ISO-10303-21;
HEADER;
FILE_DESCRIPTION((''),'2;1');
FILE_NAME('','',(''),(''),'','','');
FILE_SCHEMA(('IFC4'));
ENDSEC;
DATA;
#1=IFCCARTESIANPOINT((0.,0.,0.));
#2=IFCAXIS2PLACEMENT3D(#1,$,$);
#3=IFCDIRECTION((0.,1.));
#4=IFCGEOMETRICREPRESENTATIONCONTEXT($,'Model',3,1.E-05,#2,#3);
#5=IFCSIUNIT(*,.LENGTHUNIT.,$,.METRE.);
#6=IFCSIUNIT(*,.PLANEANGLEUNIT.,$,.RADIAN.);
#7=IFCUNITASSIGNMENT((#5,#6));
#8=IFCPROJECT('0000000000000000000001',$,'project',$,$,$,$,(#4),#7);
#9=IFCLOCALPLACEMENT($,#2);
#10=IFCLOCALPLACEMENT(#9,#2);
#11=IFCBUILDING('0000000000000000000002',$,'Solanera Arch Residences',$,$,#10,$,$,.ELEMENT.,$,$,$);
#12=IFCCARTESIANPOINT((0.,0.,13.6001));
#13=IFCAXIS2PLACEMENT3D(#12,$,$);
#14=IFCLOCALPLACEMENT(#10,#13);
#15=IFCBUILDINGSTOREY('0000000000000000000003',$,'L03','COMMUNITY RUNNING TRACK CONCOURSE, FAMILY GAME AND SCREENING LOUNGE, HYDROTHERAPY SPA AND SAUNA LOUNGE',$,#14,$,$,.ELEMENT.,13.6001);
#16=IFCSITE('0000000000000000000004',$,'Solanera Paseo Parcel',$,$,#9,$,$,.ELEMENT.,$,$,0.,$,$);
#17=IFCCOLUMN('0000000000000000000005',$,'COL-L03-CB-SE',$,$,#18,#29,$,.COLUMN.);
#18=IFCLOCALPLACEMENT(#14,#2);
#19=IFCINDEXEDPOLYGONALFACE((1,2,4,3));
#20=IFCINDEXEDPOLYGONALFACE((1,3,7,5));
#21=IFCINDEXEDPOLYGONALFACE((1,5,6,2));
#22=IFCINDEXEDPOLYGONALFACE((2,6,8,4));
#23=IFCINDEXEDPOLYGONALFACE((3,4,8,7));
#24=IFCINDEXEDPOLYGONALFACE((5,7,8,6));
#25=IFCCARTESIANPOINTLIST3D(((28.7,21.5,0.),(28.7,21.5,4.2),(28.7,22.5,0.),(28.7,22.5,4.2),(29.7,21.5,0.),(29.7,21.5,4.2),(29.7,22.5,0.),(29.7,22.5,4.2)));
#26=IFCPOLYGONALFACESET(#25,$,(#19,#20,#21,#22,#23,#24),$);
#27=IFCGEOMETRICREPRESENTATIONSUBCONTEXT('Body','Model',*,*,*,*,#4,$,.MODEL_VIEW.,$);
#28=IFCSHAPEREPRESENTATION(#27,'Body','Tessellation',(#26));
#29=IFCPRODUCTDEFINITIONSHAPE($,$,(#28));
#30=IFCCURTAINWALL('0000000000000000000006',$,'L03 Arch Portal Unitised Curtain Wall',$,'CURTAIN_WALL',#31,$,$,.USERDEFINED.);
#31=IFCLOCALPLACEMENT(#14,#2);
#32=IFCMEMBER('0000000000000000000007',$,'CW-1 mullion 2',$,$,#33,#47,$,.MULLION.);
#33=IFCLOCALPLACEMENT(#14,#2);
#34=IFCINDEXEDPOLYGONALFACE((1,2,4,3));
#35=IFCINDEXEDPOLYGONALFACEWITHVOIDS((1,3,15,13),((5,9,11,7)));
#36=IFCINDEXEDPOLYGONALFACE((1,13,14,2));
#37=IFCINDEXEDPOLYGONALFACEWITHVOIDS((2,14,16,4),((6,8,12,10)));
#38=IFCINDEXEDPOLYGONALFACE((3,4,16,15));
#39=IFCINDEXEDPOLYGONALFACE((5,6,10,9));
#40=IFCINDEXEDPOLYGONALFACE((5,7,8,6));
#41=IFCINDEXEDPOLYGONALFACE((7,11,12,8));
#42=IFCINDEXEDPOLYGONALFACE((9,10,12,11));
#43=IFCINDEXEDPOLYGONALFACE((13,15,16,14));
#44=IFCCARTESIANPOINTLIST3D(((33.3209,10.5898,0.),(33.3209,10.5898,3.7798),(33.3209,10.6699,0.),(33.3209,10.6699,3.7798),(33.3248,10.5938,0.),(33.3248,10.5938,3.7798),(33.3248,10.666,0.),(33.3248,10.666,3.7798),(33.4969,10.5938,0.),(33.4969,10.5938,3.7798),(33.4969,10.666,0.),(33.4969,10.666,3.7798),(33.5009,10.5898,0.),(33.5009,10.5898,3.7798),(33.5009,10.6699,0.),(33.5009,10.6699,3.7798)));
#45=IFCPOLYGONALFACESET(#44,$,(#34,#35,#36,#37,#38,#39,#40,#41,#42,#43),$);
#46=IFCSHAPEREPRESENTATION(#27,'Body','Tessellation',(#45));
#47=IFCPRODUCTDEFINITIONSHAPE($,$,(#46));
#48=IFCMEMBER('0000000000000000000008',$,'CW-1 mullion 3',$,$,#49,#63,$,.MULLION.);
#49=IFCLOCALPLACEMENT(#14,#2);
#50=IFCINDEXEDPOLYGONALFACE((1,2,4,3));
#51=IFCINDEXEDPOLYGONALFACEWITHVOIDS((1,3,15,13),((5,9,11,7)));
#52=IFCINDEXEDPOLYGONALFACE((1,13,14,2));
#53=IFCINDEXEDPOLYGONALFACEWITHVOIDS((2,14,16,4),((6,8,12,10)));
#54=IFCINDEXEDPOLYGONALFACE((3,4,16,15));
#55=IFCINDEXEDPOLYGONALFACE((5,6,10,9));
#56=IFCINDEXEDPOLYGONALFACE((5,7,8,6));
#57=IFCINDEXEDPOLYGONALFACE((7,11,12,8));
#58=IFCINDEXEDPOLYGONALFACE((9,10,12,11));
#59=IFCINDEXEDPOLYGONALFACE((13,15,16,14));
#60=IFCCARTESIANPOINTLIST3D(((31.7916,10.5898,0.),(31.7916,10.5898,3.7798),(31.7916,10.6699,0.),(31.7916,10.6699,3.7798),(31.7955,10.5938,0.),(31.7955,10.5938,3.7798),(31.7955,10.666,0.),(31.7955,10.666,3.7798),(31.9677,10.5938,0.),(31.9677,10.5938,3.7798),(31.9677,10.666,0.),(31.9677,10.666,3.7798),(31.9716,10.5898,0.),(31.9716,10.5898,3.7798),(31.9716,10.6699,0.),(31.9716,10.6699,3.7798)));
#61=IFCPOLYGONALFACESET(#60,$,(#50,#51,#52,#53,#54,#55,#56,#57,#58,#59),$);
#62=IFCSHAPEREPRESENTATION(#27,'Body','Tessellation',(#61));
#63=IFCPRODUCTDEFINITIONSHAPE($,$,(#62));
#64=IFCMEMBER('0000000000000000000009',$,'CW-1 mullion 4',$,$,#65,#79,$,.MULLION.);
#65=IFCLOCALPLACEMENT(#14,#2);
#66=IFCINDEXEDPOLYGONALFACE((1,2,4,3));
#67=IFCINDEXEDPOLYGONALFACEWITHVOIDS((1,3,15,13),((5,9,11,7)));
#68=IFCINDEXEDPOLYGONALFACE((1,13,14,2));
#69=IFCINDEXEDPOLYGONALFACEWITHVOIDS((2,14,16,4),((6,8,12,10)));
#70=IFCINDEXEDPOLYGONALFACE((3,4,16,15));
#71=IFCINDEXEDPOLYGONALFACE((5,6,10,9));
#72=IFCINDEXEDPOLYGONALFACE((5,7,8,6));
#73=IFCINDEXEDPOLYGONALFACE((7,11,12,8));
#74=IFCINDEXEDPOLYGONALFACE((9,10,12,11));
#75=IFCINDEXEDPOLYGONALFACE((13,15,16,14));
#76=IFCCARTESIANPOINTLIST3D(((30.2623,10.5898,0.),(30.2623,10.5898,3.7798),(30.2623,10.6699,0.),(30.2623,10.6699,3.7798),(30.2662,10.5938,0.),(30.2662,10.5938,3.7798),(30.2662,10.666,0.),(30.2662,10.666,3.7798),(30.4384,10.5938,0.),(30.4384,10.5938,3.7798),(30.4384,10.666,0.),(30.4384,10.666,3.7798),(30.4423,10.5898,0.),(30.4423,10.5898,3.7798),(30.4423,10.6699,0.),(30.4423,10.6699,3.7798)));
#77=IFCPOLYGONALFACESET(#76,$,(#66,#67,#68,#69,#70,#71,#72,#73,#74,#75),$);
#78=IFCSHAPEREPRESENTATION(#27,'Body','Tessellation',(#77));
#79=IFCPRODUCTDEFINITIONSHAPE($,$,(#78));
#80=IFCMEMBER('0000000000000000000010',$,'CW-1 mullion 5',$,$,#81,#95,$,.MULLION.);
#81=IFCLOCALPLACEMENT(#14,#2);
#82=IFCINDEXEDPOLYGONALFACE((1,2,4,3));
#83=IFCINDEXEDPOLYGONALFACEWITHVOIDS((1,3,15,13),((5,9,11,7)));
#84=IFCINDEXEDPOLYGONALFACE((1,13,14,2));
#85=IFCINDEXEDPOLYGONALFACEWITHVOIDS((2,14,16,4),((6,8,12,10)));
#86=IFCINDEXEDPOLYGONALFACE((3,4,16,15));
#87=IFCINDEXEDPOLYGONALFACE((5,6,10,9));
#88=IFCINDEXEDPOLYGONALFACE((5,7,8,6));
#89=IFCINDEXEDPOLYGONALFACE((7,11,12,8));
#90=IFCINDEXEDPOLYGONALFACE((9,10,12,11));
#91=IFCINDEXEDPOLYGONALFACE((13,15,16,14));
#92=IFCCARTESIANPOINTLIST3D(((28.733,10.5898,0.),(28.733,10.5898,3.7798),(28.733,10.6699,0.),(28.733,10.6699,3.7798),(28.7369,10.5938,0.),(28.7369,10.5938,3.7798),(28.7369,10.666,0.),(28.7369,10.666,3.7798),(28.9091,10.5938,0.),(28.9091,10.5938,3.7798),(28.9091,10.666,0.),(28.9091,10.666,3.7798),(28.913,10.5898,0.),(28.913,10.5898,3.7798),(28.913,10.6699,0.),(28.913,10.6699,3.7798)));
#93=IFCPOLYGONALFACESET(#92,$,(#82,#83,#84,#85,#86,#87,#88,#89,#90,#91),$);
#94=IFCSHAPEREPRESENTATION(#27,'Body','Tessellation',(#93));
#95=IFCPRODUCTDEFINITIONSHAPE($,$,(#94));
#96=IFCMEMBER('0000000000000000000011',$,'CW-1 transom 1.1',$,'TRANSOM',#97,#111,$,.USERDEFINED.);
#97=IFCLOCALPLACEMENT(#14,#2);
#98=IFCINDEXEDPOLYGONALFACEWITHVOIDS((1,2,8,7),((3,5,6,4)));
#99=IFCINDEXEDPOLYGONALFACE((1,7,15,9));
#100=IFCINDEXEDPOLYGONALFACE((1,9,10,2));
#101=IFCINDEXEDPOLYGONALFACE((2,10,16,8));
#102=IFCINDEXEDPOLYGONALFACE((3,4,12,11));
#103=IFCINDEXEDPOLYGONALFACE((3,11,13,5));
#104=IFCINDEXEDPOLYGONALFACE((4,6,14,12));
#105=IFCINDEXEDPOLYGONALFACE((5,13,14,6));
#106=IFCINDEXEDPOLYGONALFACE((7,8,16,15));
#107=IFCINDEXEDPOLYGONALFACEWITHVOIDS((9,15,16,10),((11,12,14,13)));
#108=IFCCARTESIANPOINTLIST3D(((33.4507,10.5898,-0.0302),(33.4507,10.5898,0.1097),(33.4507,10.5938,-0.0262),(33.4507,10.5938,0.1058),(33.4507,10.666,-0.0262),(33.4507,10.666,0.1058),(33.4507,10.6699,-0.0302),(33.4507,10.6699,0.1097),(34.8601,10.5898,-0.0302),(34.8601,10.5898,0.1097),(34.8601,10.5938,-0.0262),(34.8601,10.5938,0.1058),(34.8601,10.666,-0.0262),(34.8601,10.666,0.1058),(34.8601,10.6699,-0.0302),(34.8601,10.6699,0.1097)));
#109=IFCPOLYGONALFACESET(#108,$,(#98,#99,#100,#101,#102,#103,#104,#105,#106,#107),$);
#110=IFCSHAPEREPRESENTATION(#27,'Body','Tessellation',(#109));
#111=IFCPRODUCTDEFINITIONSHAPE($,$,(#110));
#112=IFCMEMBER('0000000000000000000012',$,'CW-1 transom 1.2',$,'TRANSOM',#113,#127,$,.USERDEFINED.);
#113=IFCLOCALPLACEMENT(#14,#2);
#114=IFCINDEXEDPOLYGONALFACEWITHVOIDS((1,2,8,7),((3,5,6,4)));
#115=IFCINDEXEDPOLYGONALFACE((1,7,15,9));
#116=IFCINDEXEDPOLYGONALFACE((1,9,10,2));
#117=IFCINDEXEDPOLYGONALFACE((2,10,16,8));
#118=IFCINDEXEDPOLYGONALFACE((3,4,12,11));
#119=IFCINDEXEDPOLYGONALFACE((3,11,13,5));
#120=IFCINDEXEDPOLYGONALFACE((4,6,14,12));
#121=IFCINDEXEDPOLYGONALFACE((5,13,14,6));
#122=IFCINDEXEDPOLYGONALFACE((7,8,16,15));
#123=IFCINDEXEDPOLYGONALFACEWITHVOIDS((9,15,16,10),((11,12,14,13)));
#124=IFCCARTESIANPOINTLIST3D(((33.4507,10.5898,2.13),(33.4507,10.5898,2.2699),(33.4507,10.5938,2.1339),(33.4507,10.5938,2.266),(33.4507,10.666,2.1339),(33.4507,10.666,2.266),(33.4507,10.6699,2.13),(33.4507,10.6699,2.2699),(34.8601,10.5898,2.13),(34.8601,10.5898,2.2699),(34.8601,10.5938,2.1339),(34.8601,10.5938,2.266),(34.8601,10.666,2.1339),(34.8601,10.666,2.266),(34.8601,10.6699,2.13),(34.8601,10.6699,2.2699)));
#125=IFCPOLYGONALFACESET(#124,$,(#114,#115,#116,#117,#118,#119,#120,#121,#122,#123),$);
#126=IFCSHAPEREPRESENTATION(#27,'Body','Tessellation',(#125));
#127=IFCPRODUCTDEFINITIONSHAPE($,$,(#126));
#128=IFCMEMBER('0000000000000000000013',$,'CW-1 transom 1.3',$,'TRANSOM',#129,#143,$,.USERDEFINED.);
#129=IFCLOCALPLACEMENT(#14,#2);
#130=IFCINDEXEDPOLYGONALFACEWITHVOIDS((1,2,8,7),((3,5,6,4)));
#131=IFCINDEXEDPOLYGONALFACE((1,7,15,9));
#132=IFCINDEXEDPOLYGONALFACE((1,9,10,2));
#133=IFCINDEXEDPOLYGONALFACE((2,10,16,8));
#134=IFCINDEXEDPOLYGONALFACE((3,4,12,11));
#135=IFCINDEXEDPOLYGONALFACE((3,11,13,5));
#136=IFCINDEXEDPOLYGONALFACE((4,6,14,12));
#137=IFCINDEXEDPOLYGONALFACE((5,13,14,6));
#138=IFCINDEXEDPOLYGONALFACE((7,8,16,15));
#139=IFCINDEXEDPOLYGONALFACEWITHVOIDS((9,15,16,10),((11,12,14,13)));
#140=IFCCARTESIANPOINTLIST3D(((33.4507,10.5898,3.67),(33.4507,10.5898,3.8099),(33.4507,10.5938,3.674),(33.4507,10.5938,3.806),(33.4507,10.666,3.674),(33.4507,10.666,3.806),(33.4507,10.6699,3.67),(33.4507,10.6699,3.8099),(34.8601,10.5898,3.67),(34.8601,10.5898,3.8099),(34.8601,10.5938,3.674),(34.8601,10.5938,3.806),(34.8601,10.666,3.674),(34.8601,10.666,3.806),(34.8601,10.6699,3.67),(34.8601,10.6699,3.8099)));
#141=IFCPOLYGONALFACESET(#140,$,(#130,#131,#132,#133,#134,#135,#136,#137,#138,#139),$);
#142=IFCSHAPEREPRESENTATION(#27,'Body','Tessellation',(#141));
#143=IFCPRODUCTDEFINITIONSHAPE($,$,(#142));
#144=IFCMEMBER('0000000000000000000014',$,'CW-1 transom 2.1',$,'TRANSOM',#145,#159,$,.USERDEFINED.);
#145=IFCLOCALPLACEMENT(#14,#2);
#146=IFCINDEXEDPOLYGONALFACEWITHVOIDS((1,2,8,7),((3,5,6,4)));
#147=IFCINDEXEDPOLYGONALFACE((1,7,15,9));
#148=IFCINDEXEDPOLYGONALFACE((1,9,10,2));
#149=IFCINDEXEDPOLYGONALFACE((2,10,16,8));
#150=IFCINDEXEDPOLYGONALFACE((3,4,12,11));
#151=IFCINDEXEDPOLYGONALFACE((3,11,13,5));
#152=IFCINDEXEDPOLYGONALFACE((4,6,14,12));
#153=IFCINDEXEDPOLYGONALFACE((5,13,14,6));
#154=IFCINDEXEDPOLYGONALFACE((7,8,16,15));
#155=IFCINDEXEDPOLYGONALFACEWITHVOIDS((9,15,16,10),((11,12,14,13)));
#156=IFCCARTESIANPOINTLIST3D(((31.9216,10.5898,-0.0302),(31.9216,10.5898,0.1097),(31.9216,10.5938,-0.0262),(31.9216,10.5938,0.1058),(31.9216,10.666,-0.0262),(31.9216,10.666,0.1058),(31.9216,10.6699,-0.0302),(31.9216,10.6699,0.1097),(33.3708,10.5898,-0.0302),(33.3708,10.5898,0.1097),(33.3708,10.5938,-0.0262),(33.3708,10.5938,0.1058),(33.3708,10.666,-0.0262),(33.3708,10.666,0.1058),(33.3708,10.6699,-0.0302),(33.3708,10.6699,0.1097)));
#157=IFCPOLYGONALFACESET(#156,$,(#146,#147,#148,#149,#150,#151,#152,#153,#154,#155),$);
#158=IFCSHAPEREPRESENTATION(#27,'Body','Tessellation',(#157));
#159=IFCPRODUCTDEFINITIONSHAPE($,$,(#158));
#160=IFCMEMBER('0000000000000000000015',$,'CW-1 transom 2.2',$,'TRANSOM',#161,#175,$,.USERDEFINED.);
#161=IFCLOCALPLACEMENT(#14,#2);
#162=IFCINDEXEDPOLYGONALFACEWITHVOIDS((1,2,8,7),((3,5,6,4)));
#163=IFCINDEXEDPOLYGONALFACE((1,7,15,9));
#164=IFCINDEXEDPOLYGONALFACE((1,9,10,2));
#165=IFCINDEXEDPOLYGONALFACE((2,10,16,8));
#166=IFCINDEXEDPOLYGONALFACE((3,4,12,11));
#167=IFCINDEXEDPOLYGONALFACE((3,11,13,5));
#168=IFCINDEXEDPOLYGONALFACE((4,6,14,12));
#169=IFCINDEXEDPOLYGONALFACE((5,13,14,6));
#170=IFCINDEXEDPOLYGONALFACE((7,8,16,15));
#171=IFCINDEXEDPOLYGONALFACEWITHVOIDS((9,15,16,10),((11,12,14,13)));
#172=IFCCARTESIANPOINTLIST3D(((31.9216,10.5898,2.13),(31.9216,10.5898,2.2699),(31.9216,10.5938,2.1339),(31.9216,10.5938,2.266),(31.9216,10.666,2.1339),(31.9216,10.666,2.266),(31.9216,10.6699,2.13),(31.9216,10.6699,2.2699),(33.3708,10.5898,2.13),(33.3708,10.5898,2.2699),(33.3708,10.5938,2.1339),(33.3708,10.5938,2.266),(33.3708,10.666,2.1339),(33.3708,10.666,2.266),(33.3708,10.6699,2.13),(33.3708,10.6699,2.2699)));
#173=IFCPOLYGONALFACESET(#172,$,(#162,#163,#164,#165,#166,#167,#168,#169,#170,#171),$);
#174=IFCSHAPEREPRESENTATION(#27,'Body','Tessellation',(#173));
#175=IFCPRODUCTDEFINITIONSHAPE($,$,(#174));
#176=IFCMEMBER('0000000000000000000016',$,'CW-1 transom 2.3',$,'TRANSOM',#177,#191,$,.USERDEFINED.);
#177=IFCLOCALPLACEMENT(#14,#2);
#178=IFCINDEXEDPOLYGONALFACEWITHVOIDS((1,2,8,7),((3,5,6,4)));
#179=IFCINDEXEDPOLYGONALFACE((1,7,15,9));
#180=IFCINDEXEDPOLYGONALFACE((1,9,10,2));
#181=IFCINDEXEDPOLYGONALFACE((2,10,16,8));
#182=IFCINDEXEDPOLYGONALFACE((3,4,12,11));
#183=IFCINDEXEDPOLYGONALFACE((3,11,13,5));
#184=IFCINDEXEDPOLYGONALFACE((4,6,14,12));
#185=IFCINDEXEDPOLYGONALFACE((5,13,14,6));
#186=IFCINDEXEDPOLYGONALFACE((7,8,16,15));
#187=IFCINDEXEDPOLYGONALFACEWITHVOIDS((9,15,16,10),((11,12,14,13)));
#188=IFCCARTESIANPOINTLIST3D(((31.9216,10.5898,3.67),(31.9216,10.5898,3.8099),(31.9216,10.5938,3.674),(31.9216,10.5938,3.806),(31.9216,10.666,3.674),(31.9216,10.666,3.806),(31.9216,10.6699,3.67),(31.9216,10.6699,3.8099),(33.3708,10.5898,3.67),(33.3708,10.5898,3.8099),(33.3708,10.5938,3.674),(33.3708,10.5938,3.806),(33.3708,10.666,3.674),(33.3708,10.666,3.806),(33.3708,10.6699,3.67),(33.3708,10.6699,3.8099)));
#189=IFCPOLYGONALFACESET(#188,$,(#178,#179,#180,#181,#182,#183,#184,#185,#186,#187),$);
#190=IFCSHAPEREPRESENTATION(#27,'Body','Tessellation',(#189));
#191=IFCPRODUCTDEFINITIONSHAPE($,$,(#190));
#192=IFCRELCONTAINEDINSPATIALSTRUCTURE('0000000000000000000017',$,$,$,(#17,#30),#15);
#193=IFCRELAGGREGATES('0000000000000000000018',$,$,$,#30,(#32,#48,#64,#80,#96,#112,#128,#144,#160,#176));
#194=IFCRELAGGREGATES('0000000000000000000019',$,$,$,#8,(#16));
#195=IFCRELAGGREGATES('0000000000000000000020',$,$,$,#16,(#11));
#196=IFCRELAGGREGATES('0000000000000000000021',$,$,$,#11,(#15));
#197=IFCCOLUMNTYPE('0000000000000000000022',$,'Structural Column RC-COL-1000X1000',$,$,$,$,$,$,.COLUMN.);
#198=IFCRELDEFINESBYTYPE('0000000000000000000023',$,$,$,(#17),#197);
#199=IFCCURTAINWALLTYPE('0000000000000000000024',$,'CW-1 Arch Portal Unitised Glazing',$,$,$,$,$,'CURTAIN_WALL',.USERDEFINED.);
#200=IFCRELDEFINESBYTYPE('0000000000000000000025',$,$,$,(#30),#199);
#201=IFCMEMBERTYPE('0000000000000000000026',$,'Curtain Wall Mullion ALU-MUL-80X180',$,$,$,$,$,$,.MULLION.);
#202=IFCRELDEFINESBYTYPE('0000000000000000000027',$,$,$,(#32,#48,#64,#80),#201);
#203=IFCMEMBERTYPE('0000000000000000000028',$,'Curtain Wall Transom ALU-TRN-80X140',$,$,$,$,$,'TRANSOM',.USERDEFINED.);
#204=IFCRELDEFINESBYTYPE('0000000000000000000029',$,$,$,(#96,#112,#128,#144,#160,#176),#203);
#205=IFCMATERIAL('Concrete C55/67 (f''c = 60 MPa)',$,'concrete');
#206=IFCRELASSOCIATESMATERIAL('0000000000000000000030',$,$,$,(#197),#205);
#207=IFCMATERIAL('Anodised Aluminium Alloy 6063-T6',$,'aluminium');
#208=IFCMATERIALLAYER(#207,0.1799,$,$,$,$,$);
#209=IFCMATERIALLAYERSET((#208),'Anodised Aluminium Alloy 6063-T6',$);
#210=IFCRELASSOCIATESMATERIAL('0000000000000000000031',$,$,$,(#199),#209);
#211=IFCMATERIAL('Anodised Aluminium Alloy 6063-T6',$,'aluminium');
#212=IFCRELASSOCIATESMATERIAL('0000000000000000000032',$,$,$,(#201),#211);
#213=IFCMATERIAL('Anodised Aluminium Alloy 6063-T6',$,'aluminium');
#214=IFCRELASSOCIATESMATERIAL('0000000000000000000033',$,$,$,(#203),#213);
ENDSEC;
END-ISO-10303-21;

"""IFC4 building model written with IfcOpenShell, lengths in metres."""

from ifc_helpers import new_model, si_unit, direction, frame, origin, origin_2d, place, context, subcontext, project, spatial, rectangle, hollow_rectangle, extrude, material, layer, layer_set, material_profile, profile_set, type_object, element, aggregate, save


model = new_model("IFC4")

# Units and contexts
model_context = context("Model", 3, precision=1e-05, world=origin(), true_north=direction((0.0, 1.0)))
body_context = subcontext(model_context, "Body", "Model", "MODEL_VIEW")
ifc_project = project(units=[si_unit("LENGTHUNIT", "METRE"), si_unit("PLANEANGLEUNIT", "RADIAN")], contexts=[model_context])

# Site, building, storey
site_placement = place(None, origin())
site = spatial("IfcSite", under=ifc_project, at=site_placement, Name="Solanera Paseo Parcel", CompositionType="ELEMENT", RefElevation=0.0)
building_placement = place(site_placement, origin())
building = spatial("IfcBuilding", under=site, at=building_placement, Name="Solanera Arch Residences", CompositionType="ELEMENT")
storey_placement = place(building_placement, frame((0.0, 0.0, 13.6001)))
storey = spatial("IfcBuildingStorey", under=building, at=storey_placement, Name="L03", Description="COMMUNITY RUNNING TRACK CONCOURSE, FAMILY GAME AND SCREENING LOUNGE, HYDROTHERAPY SPA AND SAUNA LOUNGE", CompositionType="ELEMENT", Elevation=13.6001)

# Column
ifc_material_1 = material(Name="Concrete C55/67 (f'c = 60 MPa)", Category="concrete")
ifc_material_profile_1 = material_profile(ifc_material_1, rectangle(XDim=1.0, YDim=1.0, at=origin_2d()))
ifc_profile_set_1 = profile_set([ifc_material_profile_1], Name="Concrete C55/67 (f'c = 60 MPa)")
column_type = type_object("IfcColumnType", Name="Structural Column RC-COL-1000X1000", PredefinedType="COLUMN", material=ifc_profile_set_1)
column_placement = place(storey_placement, frame((29.2, 22.0, 0.0), z_axis=(0.0, 0.0, 1.0), x_axis=(1.0, 0.0, 0.0)))
element("IfcColumn", 1, at=column_placement, inside=storey, type_object=column_type, Name="COL-L03-CB-SE", PredefinedType="COLUMN", context=body_context, shape_type="SweptSolid", body=[
    extrude(rectangle(XDim=1.0, YDim=1.0, at=origin_2d()), origin(), (0.0, 0.0, 1.0), 4.2),
])

# Curtain wall, members
ifc_material_2 = material(Name="Anodised Aluminium Alloy 6063-T6", Category="aluminium")
ifc_layer_1 = layer(ifc_material_2, 0.1799)
ifc_layer_set_1 = layer_set([ifc_layer_1], Name="Anodised Aluminium Alloy 6063-T6")
curtain_wall_type = type_object("IfcCurtainWallType", Name="CW-1 Arch Portal Unitised Glazing", ElementType="CURTAIN_WALL", PredefinedType="USERDEFINED", material=ifc_layer_set_1)
curtain_wall_placement = place(storey_placement, origin())
curtain_wall = element("IfcCurtainWall", 2, at=curtain_wall_placement, inside=storey, type_object=curtain_wall_type, Name="L03 Arch Portal Unitised Curtain Wall", ObjectType="CURTAIN_WALL", PredefinedType="USERDEFINED")
ifc_material_3 = material(Name="Anodised Aluminium Alloy 6063-T6", Category="aluminium")
ifc_material_profile_2 = material_profile(ifc_material_3, hollow_rectangle(XDim=0.0801, YDim=0.1799, WallThickness=0.0039, at=origin_2d()))
ifc_profile_set_2 = profile_set([ifc_material_profile_2], Name="Anodised Aluminium Alloy 6063-T6")
member_type_1 = type_object("IfcMemberType", Name="Curtain Wall Mullion ALU-MUL-80X180", PredefinedType="MULLION", material=ifc_profile_set_2)
member_1_placement = place(storey_placement, frame((33.4109, 10.6299, 0.0), z_axis=(0.0, 0.0, 1.0), x_axis=(0.0, -1.0, 0.0)))
member_1 = element("IfcMember", 3, at=member_1_placement, type_object=member_type_1, Name="CW-1 mullion 2", PredefinedType="MULLION", context=body_context, shape_type="SweptSolid", body=[
    extrude(hollow_rectangle(XDim=0.0801, YDim=0.1799, WallThickness=0.0039, at=origin_2d()), origin(), (0.0, 0.0, 1.0), 3.7798),
])
member_2_placement = place(storey_placement, frame((31.8816, 10.6299, 0.0), z_axis=(0.0, 0.0, 1.0), x_axis=(0.0, -1.0, 0.0)))
member_2 = element("IfcMember", 4, at=member_2_placement, type_object=member_type_1, Name="CW-1 mullion 3", PredefinedType="MULLION", context=body_context, shape_type="SweptSolid", body=[
    extrude(hollow_rectangle(XDim=0.0801, YDim=0.1799, WallThickness=0.0039, at=origin_2d()), origin(), (0.0, 0.0, 1.0), 3.7798),
])
member_3_placement = place(storey_placement, frame((30.3523, 10.6299, 0.0), z_axis=(0.0, 0.0, 1.0), x_axis=(0.0, -1.0, 0.0)))
member_3 = element("IfcMember", 5, at=member_3_placement, type_object=member_type_1, Name="CW-1 mullion 4", PredefinedType="MULLION", context=body_context, shape_type="SweptSolid", body=[
    extrude(hollow_rectangle(XDim=0.0801, YDim=0.1799, WallThickness=0.0039, at=origin_2d()), origin(), (0.0, 0.0, 1.0), 3.7798),
])
member_4_placement = place(storey_placement, frame((28.823, 10.6299, 0.0), z_axis=(0.0, 0.0, 1.0), x_axis=(0.0, -1.0, 0.0)))
member_4 = element("IfcMember", 6, at=member_4_placement, type_object=member_type_1, Name="CW-1 mullion 5", PredefinedType="MULLION", context=body_context, shape_type="SweptSolid", body=[
    extrude(hollow_rectangle(XDim=0.0801, YDim=0.1799, WallThickness=0.0039, at=origin_2d()), origin(), (0.0, 0.0, 1.0), 3.7798),
])
ifc_material_4 = material(Name="Anodised Aluminium Alloy 6063-T6", Category="aluminium")
ifc_material_profile_3 = material_profile(ifc_material_4, hollow_rectangle(XDim=0.0801, YDim=0.1399, WallThickness=0.0039, at=origin_2d()))
ifc_profile_set_3 = profile_set([ifc_material_profile_3], Name="Anodised Aluminium Alloy 6063-T6")
member_type_2 = type_object("IfcMemberType", Name="Curtain Wall Transom ALU-TRN-80X140", ElementType="TRANSOM", PredefinedType="USERDEFINED", material=ifc_profile_set_3)
member_5_placement = place(storey_placement, frame((34.8601, 10.6299, 0.0398), z_axis=(-1.0, 0.0, 0.0), x_axis=(0.0, -1.0, 0.0)))
member_5 = element("IfcMember", 7, at=member_5_placement, type_object=member_type_2, Name="CW-1 transom 1.1", ObjectType="TRANSOM", PredefinedType="USERDEFINED", context=body_context, shape_type="SweptSolid", body=[
    extrude(hollow_rectangle(XDim=0.0801, YDim=0.1399, WallThickness=0.0039, at=origin_2d()), origin(), (0.0, 0.0, 1.0), 1.4094),
])
member_6_placement = place(storey_placement, frame((34.8601, 10.6299, 2.2), z_axis=(-1.0, 0.0, 0.0), x_axis=(0.0, -1.0, 0.0)))
member_6 = element("IfcMember", 8, at=member_6_placement, type_object=member_type_2, Name="CW-1 transom 1.2", ObjectType="TRANSOM", PredefinedType="USERDEFINED", context=body_context, shape_type="SweptSolid", body=[
    extrude(hollow_rectangle(XDim=0.0801, YDim=0.1399, WallThickness=0.0039, at=origin_2d()), origin(), (0.0, 0.0, 1.0), 1.4094),
])
member_7_placement = place(storey_placement, frame((34.8601, 10.6299, 3.74), z_axis=(-1.0, 0.0, 0.0), x_axis=(0.0, -1.0, 0.0)))
member_7 = element("IfcMember", 9, at=member_7_placement, type_object=member_type_2, Name="CW-1 transom 1.3", ObjectType="TRANSOM", PredefinedType="USERDEFINED", context=body_context, shape_type="SweptSolid", body=[
    extrude(hollow_rectangle(XDim=0.0801, YDim=0.1399, WallThickness=0.0039, at=origin_2d()), origin(), (0.0, 0.0, 1.0), 1.4094),
])
member_8_placement = place(storey_placement, frame((33.3708, 10.6299, 0.0398), z_axis=(-1.0, 0.0, 0.0), x_axis=(0.0, -1.0, 0.0)))
member_8 = element("IfcMember", 10, at=member_8_placement, type_object=member_type_2, Name="CW-1 transom 2.1", ObjectType="TRANSOM", PredefinedType="USERDEFINED", context=body_context, shape_type="SweptSolid", body=[
    extrude(hollow_rectangle(XDim=0.0801, YDim=0.1399, WallThickness=0.0039, at=origin_2d()), origin(), (0.0, 0.0, 1.0), 1.4492),
])
member_9_placement = place(storey_placement, frame((33.3708, 10.6299, 2.2), z_axis=(-1.0, 0.0, 0.0), x_axis=(0.0, -1.0, 0.0)))
member_9 = element("IfcMember", 11, at=member_9_placement, type_object=member_type_2, Name="CW-1 transom 2.2", ObjectType="TRANSOM", PredefinedType="USERDEFINED", context=body_context, shape_type="SweptSolid", body=[
    extrude(hollow_rectangle(XDim=0.0801, YDim=0.1399, WallThickness=0.0039, at=origin_2d()), origin(), (0.0, 0.0, 1.0), 1.4492),
])
member_10_placement = place(storey_placement, frame((33.3708, 10.6299, 3.74), z_axis=(-1.0, 0.0, 0.0), x_axis=(0.0, -1.0, 0.0)))
member_10 = element("IfcMember", 12, at=member_10_placement, type_object=member_type_2, Name="CW-1 transom 2.3", ObjectType="TRANSOM", PredefinedType="USERDEFINED", context=body_context, shape_type="SweptSolid", body=[
    extrude(hollow_rectangle(XDim=0.0801, YDim=0.1399, WallThickness=0.0039, at=origin_2d()), origin(), (0.0, 0.0, 1.0), 1.4492),
])

aggregate(curtain_wall, [member_1, member_2, member_3, member_4, member_5, member_6, member_7, member_8, member_9, member_10])

save(model, "model.ifc")
